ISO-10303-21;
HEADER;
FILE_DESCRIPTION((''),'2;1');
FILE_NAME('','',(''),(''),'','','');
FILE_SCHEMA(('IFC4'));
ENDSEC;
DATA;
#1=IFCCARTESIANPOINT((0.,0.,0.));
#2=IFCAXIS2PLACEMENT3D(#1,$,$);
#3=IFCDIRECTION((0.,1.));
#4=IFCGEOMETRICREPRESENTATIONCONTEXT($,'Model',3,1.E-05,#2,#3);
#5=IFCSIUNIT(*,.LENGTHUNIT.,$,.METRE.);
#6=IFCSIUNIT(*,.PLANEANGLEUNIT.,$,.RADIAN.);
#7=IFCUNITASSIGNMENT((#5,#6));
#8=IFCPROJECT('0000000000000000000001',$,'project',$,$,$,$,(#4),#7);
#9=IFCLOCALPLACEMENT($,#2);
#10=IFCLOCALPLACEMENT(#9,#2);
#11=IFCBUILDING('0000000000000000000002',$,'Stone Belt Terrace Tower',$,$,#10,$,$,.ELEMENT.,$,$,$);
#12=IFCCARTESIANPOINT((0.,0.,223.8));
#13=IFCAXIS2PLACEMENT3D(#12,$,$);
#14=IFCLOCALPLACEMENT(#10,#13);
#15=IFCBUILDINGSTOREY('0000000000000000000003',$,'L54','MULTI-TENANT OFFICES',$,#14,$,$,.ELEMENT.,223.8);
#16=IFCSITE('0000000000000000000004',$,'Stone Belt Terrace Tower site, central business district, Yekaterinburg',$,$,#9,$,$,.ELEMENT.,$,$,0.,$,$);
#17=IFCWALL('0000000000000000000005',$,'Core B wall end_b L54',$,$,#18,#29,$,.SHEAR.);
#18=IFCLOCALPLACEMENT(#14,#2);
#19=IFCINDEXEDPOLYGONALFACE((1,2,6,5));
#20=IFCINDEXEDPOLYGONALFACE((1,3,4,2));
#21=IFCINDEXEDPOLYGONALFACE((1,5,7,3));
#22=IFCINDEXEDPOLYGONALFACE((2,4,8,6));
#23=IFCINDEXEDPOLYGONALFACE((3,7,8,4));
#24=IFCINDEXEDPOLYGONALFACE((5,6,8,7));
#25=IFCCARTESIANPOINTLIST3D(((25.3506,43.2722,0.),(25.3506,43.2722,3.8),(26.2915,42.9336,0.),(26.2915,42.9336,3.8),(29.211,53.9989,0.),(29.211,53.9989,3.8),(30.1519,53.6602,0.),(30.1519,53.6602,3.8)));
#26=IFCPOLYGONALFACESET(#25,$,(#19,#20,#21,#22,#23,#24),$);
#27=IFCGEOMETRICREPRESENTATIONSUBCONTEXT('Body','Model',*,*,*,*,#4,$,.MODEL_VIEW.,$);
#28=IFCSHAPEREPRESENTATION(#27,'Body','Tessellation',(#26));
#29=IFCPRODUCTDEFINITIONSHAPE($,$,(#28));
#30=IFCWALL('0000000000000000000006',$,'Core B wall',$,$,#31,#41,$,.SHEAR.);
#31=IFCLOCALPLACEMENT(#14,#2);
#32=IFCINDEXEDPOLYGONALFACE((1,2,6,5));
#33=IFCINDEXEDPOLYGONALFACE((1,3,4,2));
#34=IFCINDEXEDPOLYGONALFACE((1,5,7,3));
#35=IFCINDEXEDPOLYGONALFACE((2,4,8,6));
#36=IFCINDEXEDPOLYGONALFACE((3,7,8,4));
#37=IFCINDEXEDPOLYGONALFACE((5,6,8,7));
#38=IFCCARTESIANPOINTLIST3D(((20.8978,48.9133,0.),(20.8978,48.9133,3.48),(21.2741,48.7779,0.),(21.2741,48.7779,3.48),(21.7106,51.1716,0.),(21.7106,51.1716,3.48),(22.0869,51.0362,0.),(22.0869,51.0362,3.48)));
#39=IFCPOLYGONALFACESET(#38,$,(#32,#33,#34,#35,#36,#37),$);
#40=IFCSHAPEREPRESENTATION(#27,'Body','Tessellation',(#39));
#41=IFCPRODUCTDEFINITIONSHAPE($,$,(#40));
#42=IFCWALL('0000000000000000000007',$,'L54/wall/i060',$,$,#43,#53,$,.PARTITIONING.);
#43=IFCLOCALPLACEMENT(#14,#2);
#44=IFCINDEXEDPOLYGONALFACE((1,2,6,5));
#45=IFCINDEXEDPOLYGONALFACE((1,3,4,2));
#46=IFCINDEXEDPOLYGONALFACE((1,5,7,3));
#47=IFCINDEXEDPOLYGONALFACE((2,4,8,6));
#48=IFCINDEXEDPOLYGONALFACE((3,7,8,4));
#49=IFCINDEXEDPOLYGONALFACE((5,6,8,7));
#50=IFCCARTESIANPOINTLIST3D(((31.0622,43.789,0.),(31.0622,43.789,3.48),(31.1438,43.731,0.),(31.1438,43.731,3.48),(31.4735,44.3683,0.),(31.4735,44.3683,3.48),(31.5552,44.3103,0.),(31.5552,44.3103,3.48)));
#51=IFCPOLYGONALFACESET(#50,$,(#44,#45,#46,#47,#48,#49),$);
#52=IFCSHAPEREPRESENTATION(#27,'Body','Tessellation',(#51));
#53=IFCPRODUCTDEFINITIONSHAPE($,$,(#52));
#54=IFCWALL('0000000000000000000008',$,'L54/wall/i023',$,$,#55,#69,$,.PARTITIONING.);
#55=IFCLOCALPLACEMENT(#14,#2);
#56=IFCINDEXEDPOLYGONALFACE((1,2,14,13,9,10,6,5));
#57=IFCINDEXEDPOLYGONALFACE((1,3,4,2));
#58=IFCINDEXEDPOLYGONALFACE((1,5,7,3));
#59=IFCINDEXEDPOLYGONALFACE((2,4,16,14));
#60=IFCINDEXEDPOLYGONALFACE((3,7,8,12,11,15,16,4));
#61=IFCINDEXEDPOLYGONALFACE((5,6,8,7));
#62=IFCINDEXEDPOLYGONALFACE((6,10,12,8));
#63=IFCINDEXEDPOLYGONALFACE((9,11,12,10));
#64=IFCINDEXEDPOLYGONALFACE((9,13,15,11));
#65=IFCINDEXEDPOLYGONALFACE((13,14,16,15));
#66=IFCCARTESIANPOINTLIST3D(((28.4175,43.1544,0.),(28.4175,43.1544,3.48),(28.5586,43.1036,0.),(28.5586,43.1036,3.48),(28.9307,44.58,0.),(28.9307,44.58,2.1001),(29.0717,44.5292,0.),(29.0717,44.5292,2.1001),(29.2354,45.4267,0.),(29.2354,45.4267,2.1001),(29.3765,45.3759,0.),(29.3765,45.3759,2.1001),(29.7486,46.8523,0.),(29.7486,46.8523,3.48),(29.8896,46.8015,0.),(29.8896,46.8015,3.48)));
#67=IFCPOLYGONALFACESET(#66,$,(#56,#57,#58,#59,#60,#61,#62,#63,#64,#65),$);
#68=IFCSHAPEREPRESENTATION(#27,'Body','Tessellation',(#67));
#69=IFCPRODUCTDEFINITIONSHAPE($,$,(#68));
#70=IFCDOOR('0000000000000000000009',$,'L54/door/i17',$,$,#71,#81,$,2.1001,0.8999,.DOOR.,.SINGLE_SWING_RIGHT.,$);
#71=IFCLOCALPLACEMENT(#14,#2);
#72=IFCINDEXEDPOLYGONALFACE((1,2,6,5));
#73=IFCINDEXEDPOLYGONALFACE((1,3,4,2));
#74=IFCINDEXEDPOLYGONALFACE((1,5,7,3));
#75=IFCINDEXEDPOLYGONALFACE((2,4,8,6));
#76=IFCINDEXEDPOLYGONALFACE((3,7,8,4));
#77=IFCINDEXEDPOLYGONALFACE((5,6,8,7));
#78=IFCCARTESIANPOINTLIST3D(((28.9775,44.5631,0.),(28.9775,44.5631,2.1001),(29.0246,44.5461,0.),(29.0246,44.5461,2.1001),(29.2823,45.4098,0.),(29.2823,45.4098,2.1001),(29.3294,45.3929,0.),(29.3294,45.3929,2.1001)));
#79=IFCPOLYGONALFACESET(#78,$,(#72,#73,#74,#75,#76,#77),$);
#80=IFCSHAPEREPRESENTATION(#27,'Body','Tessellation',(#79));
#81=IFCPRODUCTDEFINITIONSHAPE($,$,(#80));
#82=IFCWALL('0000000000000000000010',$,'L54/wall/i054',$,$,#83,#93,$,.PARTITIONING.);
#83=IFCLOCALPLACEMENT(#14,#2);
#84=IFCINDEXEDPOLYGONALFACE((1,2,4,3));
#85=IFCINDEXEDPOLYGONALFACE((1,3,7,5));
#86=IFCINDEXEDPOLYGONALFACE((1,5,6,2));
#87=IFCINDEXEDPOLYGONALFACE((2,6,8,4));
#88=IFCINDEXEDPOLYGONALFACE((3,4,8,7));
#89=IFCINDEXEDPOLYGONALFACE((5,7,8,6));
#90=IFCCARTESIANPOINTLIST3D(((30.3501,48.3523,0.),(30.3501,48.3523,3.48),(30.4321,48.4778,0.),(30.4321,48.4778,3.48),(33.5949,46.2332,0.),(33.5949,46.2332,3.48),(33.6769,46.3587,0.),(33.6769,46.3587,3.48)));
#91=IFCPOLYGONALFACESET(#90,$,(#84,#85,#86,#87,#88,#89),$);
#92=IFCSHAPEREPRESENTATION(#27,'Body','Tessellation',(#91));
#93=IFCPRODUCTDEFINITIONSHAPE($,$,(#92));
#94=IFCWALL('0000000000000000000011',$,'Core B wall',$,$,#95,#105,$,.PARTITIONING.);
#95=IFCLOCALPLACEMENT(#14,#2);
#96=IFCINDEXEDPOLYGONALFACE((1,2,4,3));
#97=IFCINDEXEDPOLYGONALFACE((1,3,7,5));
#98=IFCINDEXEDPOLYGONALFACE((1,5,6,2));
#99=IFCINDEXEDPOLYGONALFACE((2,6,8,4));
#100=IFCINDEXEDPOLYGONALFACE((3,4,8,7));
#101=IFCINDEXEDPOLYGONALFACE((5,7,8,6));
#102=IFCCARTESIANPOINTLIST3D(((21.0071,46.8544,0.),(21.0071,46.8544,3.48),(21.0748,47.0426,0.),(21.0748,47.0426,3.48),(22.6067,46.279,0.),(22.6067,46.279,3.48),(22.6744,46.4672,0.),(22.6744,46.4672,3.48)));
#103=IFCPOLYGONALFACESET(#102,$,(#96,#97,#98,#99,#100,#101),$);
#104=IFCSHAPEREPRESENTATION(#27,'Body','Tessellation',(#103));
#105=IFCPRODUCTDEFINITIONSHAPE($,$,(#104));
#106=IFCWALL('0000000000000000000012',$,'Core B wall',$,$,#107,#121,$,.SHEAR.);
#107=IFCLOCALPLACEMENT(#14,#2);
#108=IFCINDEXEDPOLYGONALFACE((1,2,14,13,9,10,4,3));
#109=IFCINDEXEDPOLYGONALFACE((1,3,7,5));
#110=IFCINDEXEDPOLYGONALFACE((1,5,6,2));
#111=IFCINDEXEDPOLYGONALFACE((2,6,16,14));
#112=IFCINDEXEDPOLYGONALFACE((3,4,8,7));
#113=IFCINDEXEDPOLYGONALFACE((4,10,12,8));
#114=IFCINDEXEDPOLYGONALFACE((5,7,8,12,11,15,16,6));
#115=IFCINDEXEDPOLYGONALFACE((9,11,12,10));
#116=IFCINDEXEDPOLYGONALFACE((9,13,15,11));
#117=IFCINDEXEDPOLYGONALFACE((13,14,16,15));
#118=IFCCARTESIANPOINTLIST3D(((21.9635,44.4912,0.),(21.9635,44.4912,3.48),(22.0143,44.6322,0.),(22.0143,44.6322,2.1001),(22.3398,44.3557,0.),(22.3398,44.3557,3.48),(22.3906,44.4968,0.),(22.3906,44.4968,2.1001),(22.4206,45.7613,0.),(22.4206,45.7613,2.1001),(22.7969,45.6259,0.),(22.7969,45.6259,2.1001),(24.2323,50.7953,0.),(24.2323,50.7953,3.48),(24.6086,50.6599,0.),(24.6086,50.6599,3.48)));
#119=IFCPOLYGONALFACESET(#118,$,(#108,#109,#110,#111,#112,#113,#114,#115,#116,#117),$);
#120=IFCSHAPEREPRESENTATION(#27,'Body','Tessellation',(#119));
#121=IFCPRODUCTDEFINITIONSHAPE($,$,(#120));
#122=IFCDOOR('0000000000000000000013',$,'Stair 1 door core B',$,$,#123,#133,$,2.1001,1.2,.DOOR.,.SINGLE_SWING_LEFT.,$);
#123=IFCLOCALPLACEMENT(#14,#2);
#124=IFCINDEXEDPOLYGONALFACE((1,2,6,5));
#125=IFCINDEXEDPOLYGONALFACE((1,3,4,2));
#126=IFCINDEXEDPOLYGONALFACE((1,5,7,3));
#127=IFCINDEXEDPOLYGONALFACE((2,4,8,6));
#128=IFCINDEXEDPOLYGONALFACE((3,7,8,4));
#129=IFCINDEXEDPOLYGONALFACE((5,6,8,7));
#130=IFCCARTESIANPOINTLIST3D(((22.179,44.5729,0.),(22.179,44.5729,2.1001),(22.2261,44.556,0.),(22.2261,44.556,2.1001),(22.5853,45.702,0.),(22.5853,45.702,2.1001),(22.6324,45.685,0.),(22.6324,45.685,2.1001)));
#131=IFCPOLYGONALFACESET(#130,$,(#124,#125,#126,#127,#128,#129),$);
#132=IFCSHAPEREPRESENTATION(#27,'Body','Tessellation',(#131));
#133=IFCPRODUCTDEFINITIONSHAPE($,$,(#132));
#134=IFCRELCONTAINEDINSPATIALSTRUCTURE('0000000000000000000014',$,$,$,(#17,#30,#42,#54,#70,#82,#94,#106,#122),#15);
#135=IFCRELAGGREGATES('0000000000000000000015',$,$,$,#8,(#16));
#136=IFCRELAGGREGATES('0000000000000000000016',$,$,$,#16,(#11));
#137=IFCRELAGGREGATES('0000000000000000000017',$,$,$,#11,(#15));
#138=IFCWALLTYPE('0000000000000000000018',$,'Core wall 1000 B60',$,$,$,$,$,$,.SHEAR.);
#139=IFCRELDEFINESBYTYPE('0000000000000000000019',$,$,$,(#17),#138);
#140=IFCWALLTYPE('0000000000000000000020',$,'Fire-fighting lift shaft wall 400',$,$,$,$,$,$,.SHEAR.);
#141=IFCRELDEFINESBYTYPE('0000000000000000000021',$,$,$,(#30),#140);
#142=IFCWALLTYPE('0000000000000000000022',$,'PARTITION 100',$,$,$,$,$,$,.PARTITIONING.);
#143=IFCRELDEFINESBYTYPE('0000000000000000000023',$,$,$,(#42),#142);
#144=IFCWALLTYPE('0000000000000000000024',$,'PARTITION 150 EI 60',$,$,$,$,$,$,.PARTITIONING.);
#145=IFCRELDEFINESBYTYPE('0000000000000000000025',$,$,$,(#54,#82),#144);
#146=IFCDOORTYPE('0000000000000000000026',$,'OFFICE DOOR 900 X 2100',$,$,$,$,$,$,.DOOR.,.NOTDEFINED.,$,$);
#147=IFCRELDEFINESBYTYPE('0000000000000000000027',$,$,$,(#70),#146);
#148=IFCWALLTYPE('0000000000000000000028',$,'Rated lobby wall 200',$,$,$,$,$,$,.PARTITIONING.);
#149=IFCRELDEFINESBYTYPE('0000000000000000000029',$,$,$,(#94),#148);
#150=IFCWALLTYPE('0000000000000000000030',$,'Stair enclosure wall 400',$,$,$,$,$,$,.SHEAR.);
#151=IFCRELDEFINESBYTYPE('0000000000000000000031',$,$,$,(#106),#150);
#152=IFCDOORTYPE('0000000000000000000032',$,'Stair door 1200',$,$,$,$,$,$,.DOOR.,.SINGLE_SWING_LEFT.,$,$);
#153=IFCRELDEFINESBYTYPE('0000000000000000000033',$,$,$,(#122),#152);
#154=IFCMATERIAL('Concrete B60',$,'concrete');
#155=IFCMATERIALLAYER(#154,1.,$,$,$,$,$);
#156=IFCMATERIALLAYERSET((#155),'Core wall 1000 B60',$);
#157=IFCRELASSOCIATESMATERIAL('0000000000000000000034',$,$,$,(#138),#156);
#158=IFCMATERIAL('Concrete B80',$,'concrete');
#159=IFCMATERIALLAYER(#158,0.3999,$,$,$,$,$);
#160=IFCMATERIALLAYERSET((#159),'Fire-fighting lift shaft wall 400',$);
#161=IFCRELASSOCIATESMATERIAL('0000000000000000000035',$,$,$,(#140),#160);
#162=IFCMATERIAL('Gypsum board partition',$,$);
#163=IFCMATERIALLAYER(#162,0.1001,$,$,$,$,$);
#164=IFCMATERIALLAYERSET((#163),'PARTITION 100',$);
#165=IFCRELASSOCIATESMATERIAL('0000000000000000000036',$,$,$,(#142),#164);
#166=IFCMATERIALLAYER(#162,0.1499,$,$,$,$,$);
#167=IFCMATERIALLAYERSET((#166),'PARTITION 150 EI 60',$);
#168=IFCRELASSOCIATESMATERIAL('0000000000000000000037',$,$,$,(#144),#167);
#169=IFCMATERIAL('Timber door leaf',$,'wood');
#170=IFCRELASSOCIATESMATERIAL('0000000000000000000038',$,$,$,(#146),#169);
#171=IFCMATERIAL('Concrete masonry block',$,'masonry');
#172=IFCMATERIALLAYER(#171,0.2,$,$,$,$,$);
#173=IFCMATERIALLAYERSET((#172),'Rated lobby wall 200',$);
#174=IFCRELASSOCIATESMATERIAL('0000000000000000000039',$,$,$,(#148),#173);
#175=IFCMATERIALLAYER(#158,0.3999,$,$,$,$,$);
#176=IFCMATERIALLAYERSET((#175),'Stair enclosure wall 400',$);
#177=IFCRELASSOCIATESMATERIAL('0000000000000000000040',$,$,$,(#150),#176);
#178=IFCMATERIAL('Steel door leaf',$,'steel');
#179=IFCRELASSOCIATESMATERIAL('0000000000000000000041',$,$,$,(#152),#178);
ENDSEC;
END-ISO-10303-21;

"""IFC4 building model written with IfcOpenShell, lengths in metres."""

from ifc_helpers import new_model, si_unit, direction, frame, frame_2d, origin, place, context, subcontext, project, spatial, rectangle, extrude, material, layer, layer_set, type_object, element, fill, save


model = new_model("IFC4")

# Units and contexts
model_context = context("Model", 3, precision=1e-05, world=origin(), true_north=direction((0.0, 1.0)))
body_context = subcontext(model_context, "Body", "Model", "MODEL_VIEW")
ifc_project = project(units=[si_unit("LENGTHUNIT", "METRE"), si_unit("PLANEANGLEUNIT", "RADIAN")], contexts=[model_context])

# Site, building, storey
site_placement = place(None, origin())
site = spatial("IfcSite", under=ifc_project, at=site_placement, Name="Stone Belt Terrace Tower site, central business district, Yekaterinburg", CompositionType="ELEMENT", RefElevation=0.0)
building_placement = place(site_placement, origin())
building = spatial("IfcBuilding", under=site, at=building_placement, Name="Stone Belt Terrace Tower", CompositionType="ELEMENT")
storey_placement = place(building_placement, frame((0.0, 0.0, 223.8)))
storey = spatial("IfcBuildingStorey", under=building, at=storey_placement, Name="L54", Description="MULTI-TENANT OFFICES", CompositionType="ELEMENT", Elevation=223.8)

# Walls
ifc_material_1 = material(Name="Concrete B60", Category="concrete")
ifc_layer_1 = layer(ifc_material_1, 1.0)
ifc_layer_set_1 = layer_set([ifc_layer_1], Name="Core wall 1000 B60")
wall_type_1 = type_object("IfcWallType", Name="Core wall 1000 B60", PredefinedType="SHEAR", material=ifc_layer_set_1)
wall_1_placement = place(storey_placement, frame((25.821, 43.1028, 0.0), z_axis=(0.0, 0.0, 1.0), x_axis=(0.338625, 0.940921, 0.0)))
element("IfcWall", 1, at=wall_1_placement, inside=storey, type_object=wall_type_1, Name="Core B wall end_b L54", PredefinedType="SHEAR", context=body_context, shape_type="SweptSolid", body=[
    extrude(rectangle(XDim=11.4001, YDim=1.0, at=frame_2d((5.7002, 0.0))), origin(), (0.0, 0.0, 1.0), 3.8),
])
ifc_material_2 = material(Name="Concrete B80", Category="concrete")
ifc_layer_2 = layer(ifc_material_2, 0.3999)
ifc_layer_set_2 = layer_set([ifc_layer_2], Name="Fire-fighting lift shaft wall 400")
wall_type_2 = type_object("IfcWallType", Name="Fire-fighting lift shaft wall 400", PredefinedType="SHEAR", material=ifc_layer_set_2)
wall_2_placement = place(storey_placement, frame((21.0859, 48.8455, 0.0), z_axis=(0.0, 0.0, 1.0), x_axis=(0.338629, 0.94092, 0.0)))
element("IfcWall", 2, at=wall_2_placement, inside=storey, type_object=wall_type_2, Name="Core B wall", PredefinedType="SHEAR", context=body_context, shape_type="SweptSolid", body=[
    extrude(rectangle(XDim=2.4001, YDim=0.3999, at=frame_2d((1.2002, 0.0))), origin(), (0.0, 0.0, 1.0), 3.48),
])
ifc_material_3 = material(Name="Gypsum board partition")
ifc_layer_3 = layer(ifc_material_3, 0.1001)
ifc_layer_set_3 = layer_set([ifc_layer_3], Name="PARTITION 100")
wall_type_3 = type_object("IfcWallType", Name="PARTITION 100", PredefinedType="PARTITIONING", material=ifc_layer_set_3)
wall_3_placement = place(storey_placement, frame((31.103, 43.76, 0.0), z_axis=(0.0, 0.0, 1.0), x_axis=(0.578961, 0.815355, 0.0)))
element("IfcWall", 3, at=wall_3_placement, inside=storey, type_object=wall_type_3, Name="L54/wall/i060", PredefinedType="PARTITIONING", context=body_context, shape_type="SweptSolid", body=[
    extrude(rectangle(XDim=0.7104, YDim=0.1001, at=frame_2d((0.3552, 0.0))), origin(), (0.0, 0.0, 1.0), 3.48),
])

# Wall, opening, door
ifc_layer_4 = layer(ifc_material_3, 0.1499)
ifc_layer_set_4 = layer_set([ifc_layer_4], Name="PARTITION 150 EI 60")
wall_type_4 = type_object("IfcWallType", Name="PARTITION 150 EI 60", PredefinedType="PARTITIONING", material=ifc_layer_set_4)
wall_4_placement = place(storey_placement, frame((29.8191, 46.8269, 0.0), z_axis=(0.0, 0.0, 1.0), x_axis=(-0.338669, -0.940906, 0.0)))
wall_4 = element("IfcWall", 4, at=wall_4_placement, inside=storey, type_object=wall_type_4, Name="L54/wall/i023", PredefinedType="PARTITIONING", context=body_context, shape_type="SweptSolid", body=[
    extrude(rectangle(XDim=3.9302, YDim=0.1499, at=frame_2d((1.9651, 0.0))), origin(), (0.0, 0.0, 1.0), 3.48),
])
opening_1_placement = place(wall_4_placement, frame((1.5151, 0.0, 0.0)))
opening_1 = element("IfcOpeningElement", 5, at=opening_1_placement, cuts=wall_4, PredefinedType="OPENING", context=body_context, shape_type="SweptSolid", body=[
    extrude(rectangle(XDim=0.8999, YDim=2.1001, at=frame_2d((0.45, 1.05))), frame((0.0, 0.085, 0.0), z_axis=(0.0, -1.0, 0.0), x_axis=(1.0, 0.0, 0.0)), (0.0, 0.0, 1.0), 0.1699),
])
ifc_material_4 = material(Name="Timber door leaf", Category="wood")
door_type_1 = type_object("IfcDoorType", Name="OFFICE DOOR 900 X 2100", OperationType="NOTDEFINED", PredefinedType="DOOR", material=ifc_material_4)
door_1_placement = place(opening_1_placement, origin())
door_1 = element("IfcDoor", 6, at=door_1_placement, inside=storey, type_object=door_type_1, Name="L54/door/i17", OperationType="SINGLE_SWING_RIGHT", OverallHeight=2.1001, OverallWidth=0.8999, PredefinedType="DOOR", context=body_context, shape_type="SweptSolid", body=[
    extrude(rectangle(XDim=0.8999, YDim=2.1001, at=frame_2d((0.45, 1.05))), frame((0.0, 0.0249, 0.0), z_axis=(0.0, -1.0, 0.0), x_axis=(1.0, 0.0, 0.0)), (0.0, 0.0, 1.0), 0.05),
])
fill(opening_1, door_1)

# Walls
wall_5_placement = place(storey_placement, frame((30.3911, 48.415, 0.0), z_axis=(0.0, 0.0, 1.0), x_axis=(0.837266, -0.546796, 0.0)))
element("IfcWall", 7, at=wall_5_placement, inside=storey, type_object=wall_type_4, Name="L54/wall/i054", PredefinedType="PARTITIONING", context=body_context, shape_type="SweptSolid", body=[
    extrude(rectangle(XDim=3.8755, YDim=0.1499, at=frame_2d((1.9377, 0.0))), origin(), (0.0, 0.0, 1.0), 3.48),
])
ifc_material_5 = material(Name="Concrete masonry block", Category="masonry")
ifc_layer_5 = layer(ifc_material_5, 0.2)
ifc_layer_set_5 = layer_set([ifc_layer_5], Name="Rated lobby wall 200")
wall_type_5 = type_object("IfcWallType", Name="Rated lobby wall 200", PredefinedType="PARTITIONING", material=ifc_layer_set_5)
wall_6_placement = place(storey_placement, frame((22.6406, 46.373, 0.0), z_axis=(0.0, 0.0, 1.0), x_axis=(-0.940966, 0.338501, 0.0)))
element("IfcWall", 8, at=wall_6_placement, inside=storey, type_object=wall_type_5, Name="Core B wall", PredefinedType="PARTITIONING", context=body_context, shape_type="SweptSolid", body=[
    extrude(rectangle(XDim=1.7, YDim=0.2, at=frame_2d((0.8501, 0.0))), origin(), (0.0, 0.0, 1.0), 3.48),
])

# Wall, opening, door
ifc_layer_6 = layer(ifc_material_2, 0.3999)
ifc_layer_set_6 = layer_set([ifc_layer_6], Name="Stair enclosure wall 400")
wall_type_6 = type_object("IfcWallType", Name="Stair enclosure wall 400", PredefinedType="SHEAR", material=ifc_layer_set_6)
wall_7_placement = place(storey_placement, frame((22.1516, 44.4233, 0.0), z_axis=(0.0, 0.0, 1.0), x_axis=(0.338625, 0.940921, 0.0)))
wall_7 = element("IfcWall", 9, at=wall_7_placement, inside=storey, type_object=wall_type_6, Name="Core B wall", PredefinedType="SHEAR", context=body_context, shape_type="SweptSolid", body=[
    extrude(rectangle(XDim=6.7, YDim=0.3999, at=frame_2d((3.3501, 0.0))), origin(), (0.0, 0.0, 1.0), 3.48),
])
opening_2_placement = place(wall_7_placement, frame((0.1499, 0.0, 0.0)))
opening_2 = element("IfcOpeningElement", 10, at=opening_2_placement, cuts=wall_7, PredefinedType="OPENING", context=body_context, shape_type="SweptSolid", body=[
    extrude(rectangle(XDim=1.2, YDim=2.1001, at=frame_2d((0.6001, 1.05))), frame((0.0, 0.21, 0.0), z_axis=(0.0, -1.0, 0.0), x_axis=(1.0, 0.0, 0.0)), (0.0, 0.0, 1.0), 0.4199),
])
ifc_material_6 = material(Name="Steel door leaf", Category="steel")
door_type_2 = type_object("IfcDoorType", Name="Stair door 1200", OperationType="SINGLE_SWING_LEFT", PredefinedType="DOOR", material=ifc_material_6)
door_2_placement = place(opening_2_placement, origin())
door_2 = element("IfcDoor", 11, at=door_2_placement, inside=storey, type_object=door_type_2, Name="Stair 1 door core B", OperationType="SINGLE_SWING_LEFT", OverallHeight=2.1001, OverallWidth=1.2, PredefinedType="DOOR", context=body_context, shape_type="SweptSolid", body=[
    extrude(rectangle(XDim=1.2, YDim=2.1001, at=frame_2d((0.6001, 1.05))), frame((0.0, 0.0249, 0.0), z_axis=(0.0, -1.0, 0.0), x_axis=(1.0, 0.0, 0.0)), (0.0, 0.0, 1.0), 0.05),
])
fill(opening_2, door_2)

save(model, "model.ifc")
